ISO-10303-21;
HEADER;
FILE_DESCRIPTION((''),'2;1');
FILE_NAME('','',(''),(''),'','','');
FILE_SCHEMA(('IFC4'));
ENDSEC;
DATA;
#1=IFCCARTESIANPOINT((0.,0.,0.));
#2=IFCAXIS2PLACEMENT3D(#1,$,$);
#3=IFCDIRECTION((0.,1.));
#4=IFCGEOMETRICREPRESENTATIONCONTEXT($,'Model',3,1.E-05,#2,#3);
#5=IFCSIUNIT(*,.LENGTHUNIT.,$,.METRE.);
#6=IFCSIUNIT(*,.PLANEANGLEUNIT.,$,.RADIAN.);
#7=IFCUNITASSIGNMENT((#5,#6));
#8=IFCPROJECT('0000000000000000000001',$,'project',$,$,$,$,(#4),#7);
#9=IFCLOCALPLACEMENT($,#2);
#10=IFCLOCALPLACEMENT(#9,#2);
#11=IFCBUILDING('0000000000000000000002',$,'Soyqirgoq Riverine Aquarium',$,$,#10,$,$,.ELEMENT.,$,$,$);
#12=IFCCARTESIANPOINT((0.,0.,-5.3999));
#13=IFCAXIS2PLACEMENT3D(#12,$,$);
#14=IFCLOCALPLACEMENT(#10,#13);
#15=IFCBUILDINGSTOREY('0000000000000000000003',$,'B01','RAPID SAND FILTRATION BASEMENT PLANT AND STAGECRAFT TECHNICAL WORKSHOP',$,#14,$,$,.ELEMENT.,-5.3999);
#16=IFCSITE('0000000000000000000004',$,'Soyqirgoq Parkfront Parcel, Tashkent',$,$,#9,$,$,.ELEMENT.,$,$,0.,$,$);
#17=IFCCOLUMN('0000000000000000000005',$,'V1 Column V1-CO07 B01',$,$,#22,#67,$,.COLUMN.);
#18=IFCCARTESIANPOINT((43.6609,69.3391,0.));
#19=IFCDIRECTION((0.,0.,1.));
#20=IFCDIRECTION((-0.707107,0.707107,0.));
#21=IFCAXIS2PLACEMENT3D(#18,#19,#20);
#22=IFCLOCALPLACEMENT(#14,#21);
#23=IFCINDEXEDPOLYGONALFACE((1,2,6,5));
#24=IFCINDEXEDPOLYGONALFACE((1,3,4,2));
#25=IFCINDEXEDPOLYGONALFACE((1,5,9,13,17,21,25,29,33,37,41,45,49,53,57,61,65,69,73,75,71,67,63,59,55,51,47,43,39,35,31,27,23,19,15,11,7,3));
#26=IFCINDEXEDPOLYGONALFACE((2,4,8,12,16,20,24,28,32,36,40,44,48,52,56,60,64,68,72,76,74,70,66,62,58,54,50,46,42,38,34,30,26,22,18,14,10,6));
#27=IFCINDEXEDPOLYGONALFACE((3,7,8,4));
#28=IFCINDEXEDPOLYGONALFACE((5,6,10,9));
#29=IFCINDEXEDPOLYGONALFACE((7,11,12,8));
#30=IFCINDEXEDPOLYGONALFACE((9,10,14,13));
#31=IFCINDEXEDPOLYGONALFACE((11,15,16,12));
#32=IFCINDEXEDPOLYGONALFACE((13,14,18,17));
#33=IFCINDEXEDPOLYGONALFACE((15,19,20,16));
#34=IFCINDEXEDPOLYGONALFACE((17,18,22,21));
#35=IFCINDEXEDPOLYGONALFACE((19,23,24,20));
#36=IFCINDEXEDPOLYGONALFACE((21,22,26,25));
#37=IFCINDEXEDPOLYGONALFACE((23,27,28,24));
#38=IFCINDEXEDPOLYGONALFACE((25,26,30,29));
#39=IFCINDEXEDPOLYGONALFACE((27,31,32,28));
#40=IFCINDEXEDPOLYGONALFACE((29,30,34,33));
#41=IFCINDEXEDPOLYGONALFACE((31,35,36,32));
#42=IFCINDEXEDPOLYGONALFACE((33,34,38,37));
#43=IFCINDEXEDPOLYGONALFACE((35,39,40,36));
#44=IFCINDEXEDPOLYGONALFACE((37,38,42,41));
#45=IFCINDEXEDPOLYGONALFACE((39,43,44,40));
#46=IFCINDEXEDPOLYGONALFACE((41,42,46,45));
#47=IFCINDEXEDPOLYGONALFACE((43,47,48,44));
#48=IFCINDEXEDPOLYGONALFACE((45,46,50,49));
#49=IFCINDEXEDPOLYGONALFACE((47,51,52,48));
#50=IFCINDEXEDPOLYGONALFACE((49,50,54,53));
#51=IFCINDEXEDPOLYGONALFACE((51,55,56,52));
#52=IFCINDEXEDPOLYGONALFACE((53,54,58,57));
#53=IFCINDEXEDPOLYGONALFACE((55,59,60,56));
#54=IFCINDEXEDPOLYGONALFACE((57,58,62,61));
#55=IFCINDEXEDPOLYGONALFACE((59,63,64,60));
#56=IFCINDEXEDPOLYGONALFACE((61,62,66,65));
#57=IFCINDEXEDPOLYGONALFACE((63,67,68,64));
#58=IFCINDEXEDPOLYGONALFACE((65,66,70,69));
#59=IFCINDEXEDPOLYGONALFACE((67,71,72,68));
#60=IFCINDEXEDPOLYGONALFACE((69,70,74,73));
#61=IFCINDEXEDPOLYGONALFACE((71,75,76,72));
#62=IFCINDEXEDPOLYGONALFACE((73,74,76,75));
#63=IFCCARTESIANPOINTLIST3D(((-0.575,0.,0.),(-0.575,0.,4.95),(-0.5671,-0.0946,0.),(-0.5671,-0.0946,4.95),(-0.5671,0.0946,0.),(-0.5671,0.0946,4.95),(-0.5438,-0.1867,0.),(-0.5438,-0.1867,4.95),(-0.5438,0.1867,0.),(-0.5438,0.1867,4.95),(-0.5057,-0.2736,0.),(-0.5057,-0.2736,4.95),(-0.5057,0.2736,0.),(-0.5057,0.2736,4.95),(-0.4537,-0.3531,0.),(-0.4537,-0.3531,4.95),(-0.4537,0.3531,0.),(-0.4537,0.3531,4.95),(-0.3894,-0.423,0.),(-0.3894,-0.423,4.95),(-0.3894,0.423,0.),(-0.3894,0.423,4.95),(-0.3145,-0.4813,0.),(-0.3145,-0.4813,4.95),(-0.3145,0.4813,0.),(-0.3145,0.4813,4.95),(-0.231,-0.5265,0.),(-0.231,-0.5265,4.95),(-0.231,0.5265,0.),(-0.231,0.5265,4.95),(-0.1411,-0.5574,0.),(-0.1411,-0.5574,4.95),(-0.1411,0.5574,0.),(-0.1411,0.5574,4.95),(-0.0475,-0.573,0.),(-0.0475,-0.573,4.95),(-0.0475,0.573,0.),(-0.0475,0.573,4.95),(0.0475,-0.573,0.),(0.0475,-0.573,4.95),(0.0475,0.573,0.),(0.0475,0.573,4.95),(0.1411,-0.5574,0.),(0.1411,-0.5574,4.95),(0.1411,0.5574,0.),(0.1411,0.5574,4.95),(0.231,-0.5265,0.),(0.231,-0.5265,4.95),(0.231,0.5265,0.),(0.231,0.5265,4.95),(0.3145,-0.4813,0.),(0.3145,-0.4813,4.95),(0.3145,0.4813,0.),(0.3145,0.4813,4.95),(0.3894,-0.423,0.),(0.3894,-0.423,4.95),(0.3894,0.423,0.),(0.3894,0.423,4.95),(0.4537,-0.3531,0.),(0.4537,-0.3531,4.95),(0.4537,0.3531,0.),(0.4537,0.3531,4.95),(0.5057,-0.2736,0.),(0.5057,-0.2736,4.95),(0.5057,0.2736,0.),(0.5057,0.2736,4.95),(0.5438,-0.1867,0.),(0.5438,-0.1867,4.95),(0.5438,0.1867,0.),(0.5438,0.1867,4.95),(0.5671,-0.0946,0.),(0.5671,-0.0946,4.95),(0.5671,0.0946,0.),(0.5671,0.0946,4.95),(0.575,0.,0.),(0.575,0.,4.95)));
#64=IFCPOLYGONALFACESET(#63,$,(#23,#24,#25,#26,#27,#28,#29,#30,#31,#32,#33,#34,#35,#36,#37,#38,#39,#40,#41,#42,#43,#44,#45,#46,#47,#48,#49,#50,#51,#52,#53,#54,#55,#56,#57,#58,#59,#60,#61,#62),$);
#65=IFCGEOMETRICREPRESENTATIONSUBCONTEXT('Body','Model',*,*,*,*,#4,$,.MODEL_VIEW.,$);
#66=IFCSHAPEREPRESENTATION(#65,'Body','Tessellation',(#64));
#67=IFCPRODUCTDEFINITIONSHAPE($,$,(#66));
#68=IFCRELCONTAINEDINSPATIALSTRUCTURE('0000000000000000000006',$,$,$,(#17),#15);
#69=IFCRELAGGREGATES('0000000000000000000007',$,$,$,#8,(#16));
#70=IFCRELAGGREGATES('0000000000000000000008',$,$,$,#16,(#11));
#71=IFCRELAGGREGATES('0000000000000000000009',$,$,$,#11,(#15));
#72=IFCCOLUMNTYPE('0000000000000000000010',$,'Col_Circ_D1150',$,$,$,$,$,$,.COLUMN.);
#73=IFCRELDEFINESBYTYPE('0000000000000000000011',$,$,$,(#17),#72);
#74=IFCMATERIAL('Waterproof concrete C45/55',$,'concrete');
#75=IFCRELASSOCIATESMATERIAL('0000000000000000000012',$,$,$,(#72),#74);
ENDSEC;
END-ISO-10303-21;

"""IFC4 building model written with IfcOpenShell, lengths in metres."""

from ifc_helpers import new_model, si_unit, direction, frame, origin, origin_2d, place, context, subcontext, project, spatial, circle, extrude, material, material_profile, profile_set, type_object, element, save


model = new_model("IFC4")

# Units and contexts
model_context = context("Model", 3, precision=1e-05, world=origin(), true_north=direction((0.0, 1.0)))
body_context = subcontext(model_context, "Body", "Model", "MODEL_VIEW")
ifc_project = project(units=[si_unit("LENGTHUNIT", "METRE"), si_unit("PLANEANGLEUNIT", "RADIAN")], contexts=[model_context])

# Site, building, storey
site_placement = place(None, origin())
site = spatial("IfcSite", under=ifc_project, at=site_placement, Name="Soyqirgoq Parkfront Parcel, Tashkent", CompositionType="ELEMENT", RefElevation=0.0)
building_placement = place(site_placement, origin())
building = spatial("IfcBuilding", under=site, at=building_placement, Name="Soyqirgoq Riverine Aquarium", CompositionType="ELEMENT")
storey_placement = place(building_placement, frame((0.0, 0.0, -5.3999)))
storey = spatial("IfcBuildingStorey", under=building, at=storey_placement, Name="B01", Description="RAPID SAND FILTRATION BASEMENT PLANT AND STAGECRAFT TECHNICAL WORKSHOP", CompositionType="ELEMENT", Elevation=-5.3999)

# Column
ifc_material_1 = material(Name="Waterproof concrete C45/55", Category="concrete")
ifc_material_profile_1 = material_profile(ifc_material_1, circle(Radius=0.575, at=origin_2d()), Name="RC-COL D1150")
ifc_profile_set_1 = profile_set([ifc_material_profile_1], Name="Waterproof concrete C45/55")
column_type_1 = type_object("IfcColumnType", Name="Col_Circ_D1150", PredefinedType="COLUMN", material=ifc_profile_set_1)
for number, where, z_axis, x_axis, name in (
    (1, (43.6609, 69.3391, 0.0), (0.0, 0.0, 1.0), (-0.707107, 0.707107, 0.0), "V1 Column V1-CO07 B01"),
):
    element("IfcColumn", number, at=place(storey_placement, frame(where, z_axis=z_axis, x_axis=x_axis)), inside=storey, type_object=column_type_1, Name=name, PredefinedType="COLUMN", context=body_context, shape_type="SweptSolid", body=[
        extrude(circle(Radius=0.575, at=origin_2d()), origin(), (0.0, 0.0, 1.0), 4.95),
    ])

save(model, "model.ifc")
